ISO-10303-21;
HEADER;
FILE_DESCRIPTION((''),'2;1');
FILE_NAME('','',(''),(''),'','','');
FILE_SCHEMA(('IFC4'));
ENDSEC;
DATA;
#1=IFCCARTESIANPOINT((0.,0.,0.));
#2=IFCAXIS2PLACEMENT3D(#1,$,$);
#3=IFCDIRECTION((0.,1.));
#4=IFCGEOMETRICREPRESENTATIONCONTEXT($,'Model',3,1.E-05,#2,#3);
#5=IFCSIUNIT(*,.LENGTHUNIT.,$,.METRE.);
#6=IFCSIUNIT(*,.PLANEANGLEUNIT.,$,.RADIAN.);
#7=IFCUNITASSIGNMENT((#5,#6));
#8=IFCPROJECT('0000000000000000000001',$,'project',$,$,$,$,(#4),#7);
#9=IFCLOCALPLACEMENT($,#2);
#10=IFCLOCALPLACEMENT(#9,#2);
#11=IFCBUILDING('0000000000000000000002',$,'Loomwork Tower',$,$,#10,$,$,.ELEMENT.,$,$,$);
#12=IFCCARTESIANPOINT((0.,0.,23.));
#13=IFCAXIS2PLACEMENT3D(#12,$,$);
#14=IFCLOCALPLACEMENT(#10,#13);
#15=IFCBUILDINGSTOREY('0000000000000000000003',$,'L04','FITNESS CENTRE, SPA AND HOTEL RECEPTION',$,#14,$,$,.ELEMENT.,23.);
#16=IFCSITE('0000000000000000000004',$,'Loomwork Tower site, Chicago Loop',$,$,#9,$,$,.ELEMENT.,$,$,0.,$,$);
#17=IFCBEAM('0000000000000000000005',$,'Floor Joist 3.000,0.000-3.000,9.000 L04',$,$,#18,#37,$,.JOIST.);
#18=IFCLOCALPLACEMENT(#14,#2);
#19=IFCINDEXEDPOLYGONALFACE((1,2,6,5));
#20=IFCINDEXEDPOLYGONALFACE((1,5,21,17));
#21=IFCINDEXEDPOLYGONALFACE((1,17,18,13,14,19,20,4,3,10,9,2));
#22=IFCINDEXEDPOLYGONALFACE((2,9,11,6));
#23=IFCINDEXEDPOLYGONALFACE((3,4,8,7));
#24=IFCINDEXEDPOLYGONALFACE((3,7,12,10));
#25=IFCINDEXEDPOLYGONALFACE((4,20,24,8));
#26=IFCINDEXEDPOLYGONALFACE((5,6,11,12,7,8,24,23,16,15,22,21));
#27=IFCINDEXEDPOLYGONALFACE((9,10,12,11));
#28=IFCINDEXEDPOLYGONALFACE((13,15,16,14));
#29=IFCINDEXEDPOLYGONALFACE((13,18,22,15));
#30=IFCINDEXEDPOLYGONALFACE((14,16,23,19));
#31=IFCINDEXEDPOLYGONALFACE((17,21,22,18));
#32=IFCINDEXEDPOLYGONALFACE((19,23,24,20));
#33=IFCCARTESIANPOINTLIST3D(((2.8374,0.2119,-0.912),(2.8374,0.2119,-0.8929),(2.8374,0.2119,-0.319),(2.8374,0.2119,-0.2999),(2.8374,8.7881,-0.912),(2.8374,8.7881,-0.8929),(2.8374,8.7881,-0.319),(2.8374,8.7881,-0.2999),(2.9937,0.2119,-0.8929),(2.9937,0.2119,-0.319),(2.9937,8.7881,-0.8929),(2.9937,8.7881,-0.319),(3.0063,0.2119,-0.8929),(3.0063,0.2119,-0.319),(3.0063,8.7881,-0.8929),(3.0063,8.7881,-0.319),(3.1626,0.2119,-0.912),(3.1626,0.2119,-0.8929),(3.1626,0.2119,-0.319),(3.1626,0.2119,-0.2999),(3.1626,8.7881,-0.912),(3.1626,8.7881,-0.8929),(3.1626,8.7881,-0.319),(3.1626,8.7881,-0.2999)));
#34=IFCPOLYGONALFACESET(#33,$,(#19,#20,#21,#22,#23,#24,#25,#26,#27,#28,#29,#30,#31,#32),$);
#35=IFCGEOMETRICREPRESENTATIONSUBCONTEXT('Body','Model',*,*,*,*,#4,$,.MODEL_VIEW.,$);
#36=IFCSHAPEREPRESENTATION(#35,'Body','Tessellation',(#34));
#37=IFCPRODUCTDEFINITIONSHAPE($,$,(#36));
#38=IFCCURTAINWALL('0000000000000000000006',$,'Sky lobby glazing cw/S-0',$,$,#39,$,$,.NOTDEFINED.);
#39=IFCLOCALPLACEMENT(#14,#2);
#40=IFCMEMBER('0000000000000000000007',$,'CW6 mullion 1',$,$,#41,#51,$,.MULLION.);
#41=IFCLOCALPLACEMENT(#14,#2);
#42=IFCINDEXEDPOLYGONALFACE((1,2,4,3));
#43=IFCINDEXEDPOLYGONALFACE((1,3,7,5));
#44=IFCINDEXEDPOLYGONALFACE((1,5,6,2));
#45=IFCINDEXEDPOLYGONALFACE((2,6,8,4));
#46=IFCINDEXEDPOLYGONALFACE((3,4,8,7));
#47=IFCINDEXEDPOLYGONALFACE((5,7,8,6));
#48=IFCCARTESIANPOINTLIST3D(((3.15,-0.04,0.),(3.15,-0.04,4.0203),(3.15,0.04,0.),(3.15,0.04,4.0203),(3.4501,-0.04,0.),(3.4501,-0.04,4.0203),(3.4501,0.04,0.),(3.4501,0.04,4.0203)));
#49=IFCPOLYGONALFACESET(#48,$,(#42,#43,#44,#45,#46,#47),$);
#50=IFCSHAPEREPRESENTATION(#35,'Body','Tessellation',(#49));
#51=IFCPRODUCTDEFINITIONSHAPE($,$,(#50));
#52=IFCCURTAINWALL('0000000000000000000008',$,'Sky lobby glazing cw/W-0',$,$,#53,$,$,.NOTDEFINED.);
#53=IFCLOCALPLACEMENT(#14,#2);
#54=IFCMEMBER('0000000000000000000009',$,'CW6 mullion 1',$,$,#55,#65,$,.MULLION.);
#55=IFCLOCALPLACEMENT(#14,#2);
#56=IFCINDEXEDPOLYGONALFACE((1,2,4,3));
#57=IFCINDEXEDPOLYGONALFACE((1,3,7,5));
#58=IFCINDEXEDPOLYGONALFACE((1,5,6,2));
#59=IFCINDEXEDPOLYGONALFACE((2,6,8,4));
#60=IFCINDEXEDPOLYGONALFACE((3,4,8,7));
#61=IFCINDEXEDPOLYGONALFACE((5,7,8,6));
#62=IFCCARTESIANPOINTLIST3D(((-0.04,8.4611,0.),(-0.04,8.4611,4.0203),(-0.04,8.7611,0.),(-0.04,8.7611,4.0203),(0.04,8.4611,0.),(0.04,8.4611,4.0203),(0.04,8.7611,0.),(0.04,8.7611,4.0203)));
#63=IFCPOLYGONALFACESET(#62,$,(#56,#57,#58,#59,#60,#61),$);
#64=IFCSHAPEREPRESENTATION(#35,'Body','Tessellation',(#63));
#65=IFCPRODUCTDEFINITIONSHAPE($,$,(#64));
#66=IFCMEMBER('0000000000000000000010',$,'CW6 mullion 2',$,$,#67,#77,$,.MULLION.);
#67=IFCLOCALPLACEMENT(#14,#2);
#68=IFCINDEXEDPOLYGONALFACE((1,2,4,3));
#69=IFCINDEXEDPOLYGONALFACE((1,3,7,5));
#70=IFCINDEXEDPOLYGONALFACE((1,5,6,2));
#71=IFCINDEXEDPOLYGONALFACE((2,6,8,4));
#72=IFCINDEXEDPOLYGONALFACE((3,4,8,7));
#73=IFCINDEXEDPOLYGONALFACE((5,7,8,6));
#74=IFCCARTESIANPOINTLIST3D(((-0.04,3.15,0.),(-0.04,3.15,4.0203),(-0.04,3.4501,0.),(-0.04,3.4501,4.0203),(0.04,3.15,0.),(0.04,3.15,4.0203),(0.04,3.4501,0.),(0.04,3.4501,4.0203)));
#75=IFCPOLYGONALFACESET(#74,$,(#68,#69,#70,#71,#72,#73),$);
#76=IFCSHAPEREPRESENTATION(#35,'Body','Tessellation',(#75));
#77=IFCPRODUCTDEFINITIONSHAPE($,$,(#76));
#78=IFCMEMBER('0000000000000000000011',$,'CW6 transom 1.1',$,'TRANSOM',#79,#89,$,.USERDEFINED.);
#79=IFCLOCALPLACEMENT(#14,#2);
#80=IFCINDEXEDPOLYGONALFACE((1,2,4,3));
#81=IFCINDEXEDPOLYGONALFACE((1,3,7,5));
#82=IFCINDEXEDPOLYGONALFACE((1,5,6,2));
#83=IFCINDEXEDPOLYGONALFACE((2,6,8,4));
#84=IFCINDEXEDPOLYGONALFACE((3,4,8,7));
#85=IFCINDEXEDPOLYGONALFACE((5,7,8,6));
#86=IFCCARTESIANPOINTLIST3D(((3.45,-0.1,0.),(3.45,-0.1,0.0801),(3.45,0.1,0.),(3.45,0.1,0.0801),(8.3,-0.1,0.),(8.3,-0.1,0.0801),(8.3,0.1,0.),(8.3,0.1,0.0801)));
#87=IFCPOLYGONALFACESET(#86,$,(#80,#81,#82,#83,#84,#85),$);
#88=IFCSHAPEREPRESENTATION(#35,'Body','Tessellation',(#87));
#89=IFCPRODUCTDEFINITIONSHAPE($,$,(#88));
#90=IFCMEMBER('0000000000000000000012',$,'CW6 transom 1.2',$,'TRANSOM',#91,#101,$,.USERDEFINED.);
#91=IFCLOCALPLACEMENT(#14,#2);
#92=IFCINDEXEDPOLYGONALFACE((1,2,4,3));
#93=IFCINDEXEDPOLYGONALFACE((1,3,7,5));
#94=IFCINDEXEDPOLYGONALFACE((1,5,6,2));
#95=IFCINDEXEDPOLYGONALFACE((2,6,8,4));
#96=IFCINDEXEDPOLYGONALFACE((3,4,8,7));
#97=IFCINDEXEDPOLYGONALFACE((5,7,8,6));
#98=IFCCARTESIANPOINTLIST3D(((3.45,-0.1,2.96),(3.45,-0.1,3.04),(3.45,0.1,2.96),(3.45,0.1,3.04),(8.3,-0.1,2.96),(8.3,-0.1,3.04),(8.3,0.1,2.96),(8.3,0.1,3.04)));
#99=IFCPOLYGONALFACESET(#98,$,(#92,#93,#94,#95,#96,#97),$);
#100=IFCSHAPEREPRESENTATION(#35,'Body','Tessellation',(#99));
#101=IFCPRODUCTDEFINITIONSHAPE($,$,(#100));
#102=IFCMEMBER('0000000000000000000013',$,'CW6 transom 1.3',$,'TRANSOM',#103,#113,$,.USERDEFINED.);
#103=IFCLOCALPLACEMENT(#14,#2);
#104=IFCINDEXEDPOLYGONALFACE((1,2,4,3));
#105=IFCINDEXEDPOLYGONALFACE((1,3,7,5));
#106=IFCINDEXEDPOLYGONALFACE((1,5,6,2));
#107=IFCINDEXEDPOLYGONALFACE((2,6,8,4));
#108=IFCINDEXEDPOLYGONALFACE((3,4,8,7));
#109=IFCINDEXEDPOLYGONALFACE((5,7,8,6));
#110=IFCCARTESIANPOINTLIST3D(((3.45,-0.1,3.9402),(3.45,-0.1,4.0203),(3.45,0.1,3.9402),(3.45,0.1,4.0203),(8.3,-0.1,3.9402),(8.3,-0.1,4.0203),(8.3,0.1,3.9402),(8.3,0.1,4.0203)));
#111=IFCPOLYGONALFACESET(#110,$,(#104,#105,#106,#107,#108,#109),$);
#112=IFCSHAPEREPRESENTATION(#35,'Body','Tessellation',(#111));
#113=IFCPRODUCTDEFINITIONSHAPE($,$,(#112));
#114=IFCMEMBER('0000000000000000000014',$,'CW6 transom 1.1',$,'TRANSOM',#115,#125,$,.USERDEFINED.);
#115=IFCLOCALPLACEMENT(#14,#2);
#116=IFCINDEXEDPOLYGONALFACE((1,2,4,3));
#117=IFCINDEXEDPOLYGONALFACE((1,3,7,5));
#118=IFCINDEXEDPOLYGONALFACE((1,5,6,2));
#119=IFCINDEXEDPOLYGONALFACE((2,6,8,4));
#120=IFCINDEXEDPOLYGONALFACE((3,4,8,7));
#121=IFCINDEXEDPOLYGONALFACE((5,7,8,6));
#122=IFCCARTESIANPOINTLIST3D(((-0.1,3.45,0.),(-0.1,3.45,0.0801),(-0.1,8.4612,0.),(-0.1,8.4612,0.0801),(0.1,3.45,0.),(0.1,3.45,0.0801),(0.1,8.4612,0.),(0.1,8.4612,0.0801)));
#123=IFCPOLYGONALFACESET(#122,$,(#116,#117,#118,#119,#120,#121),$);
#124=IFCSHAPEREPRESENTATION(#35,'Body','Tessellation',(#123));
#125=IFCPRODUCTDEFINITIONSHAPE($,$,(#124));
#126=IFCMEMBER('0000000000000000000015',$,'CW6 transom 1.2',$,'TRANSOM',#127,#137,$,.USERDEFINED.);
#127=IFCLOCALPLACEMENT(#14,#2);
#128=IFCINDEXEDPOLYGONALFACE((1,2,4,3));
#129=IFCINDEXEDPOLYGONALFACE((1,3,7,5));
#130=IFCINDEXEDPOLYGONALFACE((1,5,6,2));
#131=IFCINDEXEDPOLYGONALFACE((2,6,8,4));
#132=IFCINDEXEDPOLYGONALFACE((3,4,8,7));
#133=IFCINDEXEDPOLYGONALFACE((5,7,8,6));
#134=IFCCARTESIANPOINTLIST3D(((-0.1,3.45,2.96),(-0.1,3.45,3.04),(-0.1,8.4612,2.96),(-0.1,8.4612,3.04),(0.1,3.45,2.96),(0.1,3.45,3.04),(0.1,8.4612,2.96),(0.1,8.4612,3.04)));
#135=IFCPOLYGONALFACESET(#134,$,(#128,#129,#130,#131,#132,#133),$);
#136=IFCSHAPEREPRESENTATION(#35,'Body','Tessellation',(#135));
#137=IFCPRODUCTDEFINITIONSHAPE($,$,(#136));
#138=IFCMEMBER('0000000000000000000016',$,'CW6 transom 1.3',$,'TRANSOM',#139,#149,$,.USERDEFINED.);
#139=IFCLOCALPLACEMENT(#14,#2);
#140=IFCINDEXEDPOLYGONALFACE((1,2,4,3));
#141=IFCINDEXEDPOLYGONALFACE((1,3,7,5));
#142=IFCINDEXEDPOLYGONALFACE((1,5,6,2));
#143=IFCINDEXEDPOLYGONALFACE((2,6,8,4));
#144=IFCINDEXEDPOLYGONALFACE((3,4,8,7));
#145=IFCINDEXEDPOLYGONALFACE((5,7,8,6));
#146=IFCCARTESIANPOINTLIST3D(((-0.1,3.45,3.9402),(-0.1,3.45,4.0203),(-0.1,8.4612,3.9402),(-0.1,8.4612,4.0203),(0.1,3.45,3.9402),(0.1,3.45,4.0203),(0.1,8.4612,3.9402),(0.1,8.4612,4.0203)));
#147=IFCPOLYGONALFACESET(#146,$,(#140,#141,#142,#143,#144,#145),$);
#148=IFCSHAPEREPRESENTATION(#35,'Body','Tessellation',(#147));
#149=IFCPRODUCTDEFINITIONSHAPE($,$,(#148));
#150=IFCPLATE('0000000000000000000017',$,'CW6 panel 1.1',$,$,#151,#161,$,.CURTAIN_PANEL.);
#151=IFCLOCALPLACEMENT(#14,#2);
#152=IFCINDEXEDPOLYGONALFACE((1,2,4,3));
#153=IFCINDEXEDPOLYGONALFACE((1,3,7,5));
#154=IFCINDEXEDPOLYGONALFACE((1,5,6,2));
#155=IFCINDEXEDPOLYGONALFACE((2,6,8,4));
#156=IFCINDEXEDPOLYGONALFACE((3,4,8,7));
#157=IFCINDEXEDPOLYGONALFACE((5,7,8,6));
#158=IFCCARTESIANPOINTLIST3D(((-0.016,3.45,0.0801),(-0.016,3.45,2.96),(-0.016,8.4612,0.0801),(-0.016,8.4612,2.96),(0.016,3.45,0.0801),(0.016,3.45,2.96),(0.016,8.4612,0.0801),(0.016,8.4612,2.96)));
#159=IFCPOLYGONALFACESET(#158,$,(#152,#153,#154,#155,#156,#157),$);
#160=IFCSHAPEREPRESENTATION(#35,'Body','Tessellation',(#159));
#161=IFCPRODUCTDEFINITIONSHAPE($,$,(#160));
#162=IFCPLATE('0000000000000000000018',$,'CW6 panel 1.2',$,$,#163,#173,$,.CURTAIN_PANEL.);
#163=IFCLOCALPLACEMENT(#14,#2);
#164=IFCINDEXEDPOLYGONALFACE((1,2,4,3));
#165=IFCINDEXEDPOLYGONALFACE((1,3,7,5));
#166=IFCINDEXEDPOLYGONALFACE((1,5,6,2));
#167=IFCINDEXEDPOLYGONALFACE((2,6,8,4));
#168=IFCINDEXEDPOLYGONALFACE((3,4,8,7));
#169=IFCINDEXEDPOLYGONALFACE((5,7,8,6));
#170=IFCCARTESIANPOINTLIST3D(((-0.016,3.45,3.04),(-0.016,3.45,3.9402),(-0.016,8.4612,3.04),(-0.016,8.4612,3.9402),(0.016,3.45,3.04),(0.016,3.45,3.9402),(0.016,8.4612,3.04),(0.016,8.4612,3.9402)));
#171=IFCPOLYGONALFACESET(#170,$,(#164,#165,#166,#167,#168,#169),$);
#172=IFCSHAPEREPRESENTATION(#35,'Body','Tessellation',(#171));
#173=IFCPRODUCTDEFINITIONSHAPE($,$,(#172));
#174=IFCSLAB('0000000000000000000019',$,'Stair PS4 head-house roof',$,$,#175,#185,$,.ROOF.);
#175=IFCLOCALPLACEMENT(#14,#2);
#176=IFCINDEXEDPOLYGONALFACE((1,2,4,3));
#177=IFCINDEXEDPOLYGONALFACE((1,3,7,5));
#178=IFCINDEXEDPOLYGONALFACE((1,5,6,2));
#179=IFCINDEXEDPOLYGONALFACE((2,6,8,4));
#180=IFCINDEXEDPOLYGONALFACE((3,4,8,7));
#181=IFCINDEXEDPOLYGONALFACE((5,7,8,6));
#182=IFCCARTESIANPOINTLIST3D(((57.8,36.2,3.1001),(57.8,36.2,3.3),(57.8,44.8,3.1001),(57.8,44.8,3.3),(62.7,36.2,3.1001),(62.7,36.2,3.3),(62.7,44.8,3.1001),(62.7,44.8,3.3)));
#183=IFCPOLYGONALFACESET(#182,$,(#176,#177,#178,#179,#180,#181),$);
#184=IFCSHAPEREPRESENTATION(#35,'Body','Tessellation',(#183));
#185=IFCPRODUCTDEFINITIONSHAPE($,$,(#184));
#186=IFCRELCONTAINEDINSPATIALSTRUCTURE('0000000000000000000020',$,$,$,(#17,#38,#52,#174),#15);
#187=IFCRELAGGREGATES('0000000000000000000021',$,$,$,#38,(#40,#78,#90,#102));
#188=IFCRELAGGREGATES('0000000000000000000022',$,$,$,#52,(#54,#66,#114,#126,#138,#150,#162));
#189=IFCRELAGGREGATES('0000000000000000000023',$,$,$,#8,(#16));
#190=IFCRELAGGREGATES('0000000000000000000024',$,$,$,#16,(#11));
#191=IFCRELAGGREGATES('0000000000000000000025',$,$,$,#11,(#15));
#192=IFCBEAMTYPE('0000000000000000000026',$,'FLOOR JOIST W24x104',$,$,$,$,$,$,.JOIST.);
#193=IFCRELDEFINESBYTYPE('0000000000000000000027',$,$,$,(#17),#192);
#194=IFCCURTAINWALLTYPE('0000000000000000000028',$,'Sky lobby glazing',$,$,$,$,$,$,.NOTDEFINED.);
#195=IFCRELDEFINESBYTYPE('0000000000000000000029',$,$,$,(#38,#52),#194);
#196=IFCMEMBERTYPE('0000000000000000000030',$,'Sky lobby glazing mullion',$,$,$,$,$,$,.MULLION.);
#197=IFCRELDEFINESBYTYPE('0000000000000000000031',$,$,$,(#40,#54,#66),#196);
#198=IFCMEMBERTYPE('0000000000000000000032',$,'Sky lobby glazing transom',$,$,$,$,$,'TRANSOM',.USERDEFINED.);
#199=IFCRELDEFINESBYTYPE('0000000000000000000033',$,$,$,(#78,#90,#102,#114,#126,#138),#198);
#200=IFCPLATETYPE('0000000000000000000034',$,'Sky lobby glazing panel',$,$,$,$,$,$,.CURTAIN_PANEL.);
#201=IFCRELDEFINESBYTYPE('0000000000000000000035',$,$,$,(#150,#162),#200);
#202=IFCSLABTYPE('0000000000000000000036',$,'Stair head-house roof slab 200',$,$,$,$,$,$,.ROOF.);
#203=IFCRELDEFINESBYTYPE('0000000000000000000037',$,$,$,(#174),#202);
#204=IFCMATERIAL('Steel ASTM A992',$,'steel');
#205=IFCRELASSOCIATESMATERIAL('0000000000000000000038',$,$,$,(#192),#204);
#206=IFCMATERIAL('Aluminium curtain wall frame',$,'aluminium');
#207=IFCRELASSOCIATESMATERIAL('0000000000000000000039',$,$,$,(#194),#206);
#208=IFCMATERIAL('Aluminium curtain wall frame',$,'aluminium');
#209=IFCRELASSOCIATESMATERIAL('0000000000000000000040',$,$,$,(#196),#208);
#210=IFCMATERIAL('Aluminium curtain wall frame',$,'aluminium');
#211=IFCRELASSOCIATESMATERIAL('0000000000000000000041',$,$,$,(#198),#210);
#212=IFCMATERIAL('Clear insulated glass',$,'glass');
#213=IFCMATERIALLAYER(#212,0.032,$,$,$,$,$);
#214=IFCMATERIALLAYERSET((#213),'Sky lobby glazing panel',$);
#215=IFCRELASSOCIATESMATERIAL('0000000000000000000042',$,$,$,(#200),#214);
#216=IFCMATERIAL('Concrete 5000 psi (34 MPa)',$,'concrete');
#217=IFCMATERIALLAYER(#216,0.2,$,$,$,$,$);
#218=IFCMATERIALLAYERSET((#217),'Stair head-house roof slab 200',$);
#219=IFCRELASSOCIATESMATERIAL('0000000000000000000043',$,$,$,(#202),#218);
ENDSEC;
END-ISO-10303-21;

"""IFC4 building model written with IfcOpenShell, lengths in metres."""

from ifc_helpers import new_model, si_unit, direction, frame, origin, origin_2d, place, context, subcontext, project, spatial, polyline, rectangle, i_section, outline, extrude, material, layer, layer_set, material_profile, profile_set, type_object, element, aggregate, save


model = new_model("IFC4")

# Units and contexts
model_context = context("Model", 3, precision=1e-05, world=origin(), true_north=direction((0.0, 1.0)))
body_context = subcontext(model_context, "Body", "Model", "MODEL_VIEW")
ifc_project = project(units=[si_unit("LENGTHUNIT", "METRE"), si_unit("PLANEANGLEUNIT", "RADIAN")], contexts=[model_context])

# Site, building, storey
site_placement = place(None, origin())
site = spatial("IfcSite", under=ifc_project, at=site_placement, Name="Loomwork Tower site, Chicago Loop", CompositionType="ELEMENT", RefElevation=0.0)
building_placement = place(site_placement, origin())
building = spatial("IfcBuilding", under=site, at=building_placement, Name="Loomwork Tower", CompositionType="ELEMENT")
storey_placement = place(building_placement, frame((0.0, 0.0, 23.0)))
storey = spatial("IfcBuildingStorey", under=building, at=storey_placement, Name="L04", Description="FITNESS CENTRE, SPA AND HOTEL RECEPTION", CompositionType="ELEMENT", Elevation=23.0)

# Beam
ifc_material_1 = material(Name="Steel ASTM A992", Category="steel")
ifc_material_profile_1 = material_profile(ifc_material_1, i_section(OverallWidth=0.3252, OverallDepth=0.6121, WebThickness=0.0127, FlangeThickness=0.019, at=origin_2d()), Name="W24x104")
ifc_profile_set_1 = profile_set([ifc_material_profile_1], Name="Steel ASTM A992")
beam_type = type_object("IfcBeamType", Name="FLOOR JOIST W24x104", PredefinedType="JOIST", material=ifc_profile_set_1)
beam_placement = place(storey_placement, frame((3.0, 0.2119, -0.606), z_axis=(0.0, 1.0, 0.0), x_axis=(-1.0, 0.0, 0.0)))
element("IfcBeam", 1, at=beam_placement, inside=storey, type_object=beam_type, Name="Floor Joist 3.000,0.000-3.000,9.000 L04", PredefinedType="JOIST", context=body_context, shape_type="SweptSolid", body=[
    extrude(i_section(OverallWidth=0.3252, OverallDepth=0.6121, WebThickness=0.0127, FlangeThickness=0.019, at=origin_2d()), origin(), (0.0, 0.0, 1.0), 8.5762),
])

# Curtain wall, member
ifc_material_2 = material(Name="Aluminium curtain wall frame", Category="aluminium")
curtain_wall_type = type_object("IfcCurtainWallType", Name="Sky lobby glazing", PredefinedType="NOTDEFINED", material=ifc_material_2)
curtain_wall_1_placement = place(storey_placement, origin())
curtain_wall_1 = element("IfcCurtainWall", 2, at=curtain_wall_1_placement, inside=storey, type_object=curtain_wall_type, Name="Sky lobby glazing cw/S-0", PredefinedType="NOTDEFINED")
ifc_material_3 = material(Name="Aluminium curtain wall frame", Category="aluminium")
ifc_material_profile_2 = material_profile(ifc_material_3, rectangle(XDim=0.0801, YDim=0.3, at=origin_2d()), Name="AL 80x300")
ifc_profile_set_2 = profile_set([ifc_material_profile_2], Name="Aluminium curtain wall frame")
member_type_1 = type_object("IfcMemberType", Name="Sky lobby glazing mullion", PredefinedType="MULLION", material=ifc_profile_set_2)
member_1_placement = place(storey_placement, frame((3.3, 0.0, 0.0), z_axis=(0.0, 0.0, 1.0), x_axis=(0.0, 1.0, 0.0)))
member_1 = element("IfcMember", 3, at=member_1_placement, type_object=member_type_1, Name="CW6 mullion 1", PredefinedType="MULLION", context=body_context, shape_type="SweptSolid", body=[
    extrude(rectangle(XDim=0.0801, YDim=0.3, at=origin_2d()), origin(), (0.0, 0.0, 1.0), 4.0203),
])

# Curtain wall, members
curtain_wall_2_placement = place(storey_placement, origin())
curtain_wall_2 = element("IfcCurtainWall", 4, at=curtain_wall_2_placement, inside=storey, type_object=curtain_wall_type, Name="Sky lobby glazing cw/W-0", PredefinedType="NOTDEFINED")
member_2_placement = place(storey_placement, frame((0.0, 8.6111, 0.0), z_axis=(0.0, 0.0, 1.0), x_axis=(1.0, 0.0, 0.0)))
member_2 = element("IfcMember", 5, at=member_2_placement, type_object=member_type_1, Name="CW6 mullion 1", PredefinedType="MULLION", context=body_context, shape_type="SweptSolid", body=[
    extrude(rectangle(XDim=0.0801, YDim=0.3, at=origin_2d()), origin(), (0.0, 0.0, 1.0), 4.0203),
])
member_3_placement = place(storey_placement, frame((0.0, 3.3, 0.0), z_axis=(0.0, 0.0, 1.0), x_axis=(1.0, 0.0, 0.0)))
member_3 = element("IfcMember", 6, at=member_3_placement, type_object=member_type_1, Name="CW6 mullion 2", PredefinedType="MULLION", context=body_context, shape_type="SweptSolid", body=[
    extrude(rectangle(XDim=0.0801, YDim=0.3, at=origin_2d()), origin(), (0.0, 0.0, 1.0), 4.0203),
])

# Members
ifc_material_4 = material(Name="Aluminium curtain wall frame", Category="aluminium")
ifc_material_profile_3 = material_profile(ifc_material_4, rectangle(XDim=0.2, YDim=0.0801, at=origin_2d()), Name="AL 80x200")
ifc_profile_set_3 = profile_set([ifc_material_profile_3], Name="Aluminium curtain wall frame")
member_type_2 = type_object("IfcMemberType", Name="Sky lobby glazing transom", ElementType="TRANSOM", PredefinedType="USERDEFINED", material=ifc_profile_set_3)
member_4_placement = place(storey_placement, frame((3.45, 0.0, 0.04), z_axis=(1.0, 0.0, 0.0), x_axis=(0.0, 1.0, 0.0)))
member_4 = element("IfcMember", 7, at=member_4_placement, type_object=member_type_2, Name="CW6 transom 1.1", ObjectType="TRANSOM", PredefinedType="USERDEFINED", context=body_context, shape_type="SweptSolid", body=[
    extrude(rectangle(XDim=0.2, YDim=0.0801, at=origin_2d()), origin(), (0.0, 0.0, 1.0), 4.8501),
])
member_5_placement = place(storey_placement, frame((3.45, 0.0, 3.0), z_axis=(1.0, 0.0, 0.0), x_axis=(0.0, 1.0, 0.0)))
member_5 = element("IfcMember", 8, at=member_5_placement, type_object=member_type_2, Name="CW6 transom 1.2", ObjectType="TRANSOM", PredefinedType="USERDEFINED", context=body_context, shape_type="SweptSolid", body=[
    extrude(rectangle(XDim=0.2, YDim=0.0801, at=origin_2d()), origin(), (0.0, 0.0, 1.0), 4.8501),
])
member_6_placement = place(storey_placement, frame((3.45, 0.0, 3.9802), z_axis=(1.0, 0.0, 0.0), x_axis=(0.0, 1.0, 0.0)))
member_6 = element("IfcMember", 9, at=member_6_placement, type_object=member_type_2, Name="CW6 transom 1.3", ObjectType="TRANSOM", PredefinedType="USERDEFINED", context=body_context, shape_type="SweptSolid", body=[
    extrude(rectangle(XDim=0.2, YDim=0.0801, at=origin_2d()), origin(), (0.0, 0.0, 1.0), 4.8501),
])
aggregate(curtain_wall_1, [member_1, member_4, member_5, member_6])
member_7_placement = place(storey_placement, frame((0.0, 8.4612, 0.04), z_axis=(0.0, -1.0, 0.0), x_axis=(1.0, 0.0, 0.0)))
member_7 = element("IfcMember", 10, at=member_7_placement, type_object=member_type_2, Name="CW6 transom 1.1", ObjectType="TRANSOM", PredefinedType="USERDEFINED", context=body_context, shape_type="SweptSolid", body=[
    extrude(rectangle(XDim=0.2, YDim=0.0801, at=origin_2d()), origin(), (0.0, 0.0, 1.0), 5.0112),
])
member_8_placement = place(storey_placement, frame((0.0, 8.4612, 3.0), z_axis=(0.0, -1.0, 0.0), x_axis=(1.0, 0.0, 0.0)))
member_8 = element("IfcMember", 11, at=member_8_placement, type_object=member_type_2, Name="CW6 transom 1.2", ObjectType="TRANSOM", PredefinedType="USERDEFINED", context=body_context, shape_type="SweptSolid", body=[
    extrude(rectangle(XDim=0.2, YDim=0.0801, at=origin_2d()), origin(), (0.0, 0.0, 1.0), 5.0112),
])
member_9_placement = place(storey_placement, frame((0.0, 8.4612, 3.9802), z_axis=(0.0, -1.0, 0.0), x_axis=(1.0, 0.0, 0.0)))
member_9 = element("IfcMember", 12, at=member_9_placement, type_object=member_type_2, Name="CW6 transom 1.3", ObjectType="TRANSOM", PredefinedType="USERDEFINED", context=body_context, shape_type="SweptSolid", body=[
    extrude(rectangle(XDim=0.2, YDim=0.0801, at=origin_2d()), origin(), (0.0, 0.0, 1.0), 5.0112),
])

# Plates
ifc_material_5 = material(Name="Clear insulated glass", Category="glass")
ifc_layer_1 = layer(ifc_material_5, 0.032)
ifc_layer_set_1 = layer_set([ifc_layer_1], Name="Sky lobby glazing panel")
plate_type = type_object("IfcPlateType", Name="Sky lobby glazing panel", PredefinedType="CURTAIN_PANEL", material=ifc_layer_set_1)
plate_1_placement = place(storey_placement, frame((0.0, 5.9556, 0.0801), z_axis=(0.0, 0.0, 1.0), x_axis=(0.0, -1.0, 0.0)))
plate_1 = element("IfcPlate", 13, at=plate_1_placement, type_object=plate_type, Name="CW6 panel 1.1", PredefinedType="CURTAIN_PANEL", context=body_context, shape_type="SweptSolid", body=[
    extrude(rectangle(XDim=5.0112, YDim=0.032, at=origin_2d()), origin(), (0.0, 0.0, 1.0), 2.8799),
])
plate_2_placement = place(storey_placement, frame((0.0, 5.9556, 3.04), z_axis=(0.0, 0.0, 1.0), x_axis=(0.0, -1.0, 0.0)))
plate_2 = element("IfcPlate", 14, at=plate_2_placement, type_object=plate_type, Name="CW6 panel 1.2", PredefinedType="CURTAIN_PANEL", context=body_context, shape_type="SweptSolid", body=[
    extrude(rectangle(XDim=5.0112, YDim=0.032, at=origin_2d()), origin(), (0.0, 0.0, 1.0), 0.9001),
])
aggregate(curtain_wall_2, [member_2, member_3, member_7, member_8, member_9, plate_1, plate_2])

# Slab
ifc_material_6 = material(Name="Concrete 5000 psi (34 MPa)", Category="concrete")
ifc_layer_2 = layer(ifc_material_6, 0.2)
ifc_layer_set_2 = layer_set([ifc_layer_2], Name="Stair head-house roof slab 200")
slab_type_1 = type_object("IfcSlabType", Name="Stair head-house roof slab 200", PredefinedType="ROOF", material=ifc_layer_set_2)
slab_1_placement = place(storey_placement, frame((0.0, 0.0, 3.1001)))
element("IfcSlab", 15, at=slab_1_placement, inside=storey, type_object=slab_type_1, Name="Stair PS4 head-house roof", PredefinedType="ROOF", context=body_context, shape_type="SweptSolid", body=[
    extrude(outline(polyline([(57.8, 36.2), (62.7, 36.2), (62.7, 44.8), (57.8, 44.8), (57.8, 36.2)])), origin(), (0.0, 0.0, 1.0), 0.2),
])

save(model, "model.ifc")
